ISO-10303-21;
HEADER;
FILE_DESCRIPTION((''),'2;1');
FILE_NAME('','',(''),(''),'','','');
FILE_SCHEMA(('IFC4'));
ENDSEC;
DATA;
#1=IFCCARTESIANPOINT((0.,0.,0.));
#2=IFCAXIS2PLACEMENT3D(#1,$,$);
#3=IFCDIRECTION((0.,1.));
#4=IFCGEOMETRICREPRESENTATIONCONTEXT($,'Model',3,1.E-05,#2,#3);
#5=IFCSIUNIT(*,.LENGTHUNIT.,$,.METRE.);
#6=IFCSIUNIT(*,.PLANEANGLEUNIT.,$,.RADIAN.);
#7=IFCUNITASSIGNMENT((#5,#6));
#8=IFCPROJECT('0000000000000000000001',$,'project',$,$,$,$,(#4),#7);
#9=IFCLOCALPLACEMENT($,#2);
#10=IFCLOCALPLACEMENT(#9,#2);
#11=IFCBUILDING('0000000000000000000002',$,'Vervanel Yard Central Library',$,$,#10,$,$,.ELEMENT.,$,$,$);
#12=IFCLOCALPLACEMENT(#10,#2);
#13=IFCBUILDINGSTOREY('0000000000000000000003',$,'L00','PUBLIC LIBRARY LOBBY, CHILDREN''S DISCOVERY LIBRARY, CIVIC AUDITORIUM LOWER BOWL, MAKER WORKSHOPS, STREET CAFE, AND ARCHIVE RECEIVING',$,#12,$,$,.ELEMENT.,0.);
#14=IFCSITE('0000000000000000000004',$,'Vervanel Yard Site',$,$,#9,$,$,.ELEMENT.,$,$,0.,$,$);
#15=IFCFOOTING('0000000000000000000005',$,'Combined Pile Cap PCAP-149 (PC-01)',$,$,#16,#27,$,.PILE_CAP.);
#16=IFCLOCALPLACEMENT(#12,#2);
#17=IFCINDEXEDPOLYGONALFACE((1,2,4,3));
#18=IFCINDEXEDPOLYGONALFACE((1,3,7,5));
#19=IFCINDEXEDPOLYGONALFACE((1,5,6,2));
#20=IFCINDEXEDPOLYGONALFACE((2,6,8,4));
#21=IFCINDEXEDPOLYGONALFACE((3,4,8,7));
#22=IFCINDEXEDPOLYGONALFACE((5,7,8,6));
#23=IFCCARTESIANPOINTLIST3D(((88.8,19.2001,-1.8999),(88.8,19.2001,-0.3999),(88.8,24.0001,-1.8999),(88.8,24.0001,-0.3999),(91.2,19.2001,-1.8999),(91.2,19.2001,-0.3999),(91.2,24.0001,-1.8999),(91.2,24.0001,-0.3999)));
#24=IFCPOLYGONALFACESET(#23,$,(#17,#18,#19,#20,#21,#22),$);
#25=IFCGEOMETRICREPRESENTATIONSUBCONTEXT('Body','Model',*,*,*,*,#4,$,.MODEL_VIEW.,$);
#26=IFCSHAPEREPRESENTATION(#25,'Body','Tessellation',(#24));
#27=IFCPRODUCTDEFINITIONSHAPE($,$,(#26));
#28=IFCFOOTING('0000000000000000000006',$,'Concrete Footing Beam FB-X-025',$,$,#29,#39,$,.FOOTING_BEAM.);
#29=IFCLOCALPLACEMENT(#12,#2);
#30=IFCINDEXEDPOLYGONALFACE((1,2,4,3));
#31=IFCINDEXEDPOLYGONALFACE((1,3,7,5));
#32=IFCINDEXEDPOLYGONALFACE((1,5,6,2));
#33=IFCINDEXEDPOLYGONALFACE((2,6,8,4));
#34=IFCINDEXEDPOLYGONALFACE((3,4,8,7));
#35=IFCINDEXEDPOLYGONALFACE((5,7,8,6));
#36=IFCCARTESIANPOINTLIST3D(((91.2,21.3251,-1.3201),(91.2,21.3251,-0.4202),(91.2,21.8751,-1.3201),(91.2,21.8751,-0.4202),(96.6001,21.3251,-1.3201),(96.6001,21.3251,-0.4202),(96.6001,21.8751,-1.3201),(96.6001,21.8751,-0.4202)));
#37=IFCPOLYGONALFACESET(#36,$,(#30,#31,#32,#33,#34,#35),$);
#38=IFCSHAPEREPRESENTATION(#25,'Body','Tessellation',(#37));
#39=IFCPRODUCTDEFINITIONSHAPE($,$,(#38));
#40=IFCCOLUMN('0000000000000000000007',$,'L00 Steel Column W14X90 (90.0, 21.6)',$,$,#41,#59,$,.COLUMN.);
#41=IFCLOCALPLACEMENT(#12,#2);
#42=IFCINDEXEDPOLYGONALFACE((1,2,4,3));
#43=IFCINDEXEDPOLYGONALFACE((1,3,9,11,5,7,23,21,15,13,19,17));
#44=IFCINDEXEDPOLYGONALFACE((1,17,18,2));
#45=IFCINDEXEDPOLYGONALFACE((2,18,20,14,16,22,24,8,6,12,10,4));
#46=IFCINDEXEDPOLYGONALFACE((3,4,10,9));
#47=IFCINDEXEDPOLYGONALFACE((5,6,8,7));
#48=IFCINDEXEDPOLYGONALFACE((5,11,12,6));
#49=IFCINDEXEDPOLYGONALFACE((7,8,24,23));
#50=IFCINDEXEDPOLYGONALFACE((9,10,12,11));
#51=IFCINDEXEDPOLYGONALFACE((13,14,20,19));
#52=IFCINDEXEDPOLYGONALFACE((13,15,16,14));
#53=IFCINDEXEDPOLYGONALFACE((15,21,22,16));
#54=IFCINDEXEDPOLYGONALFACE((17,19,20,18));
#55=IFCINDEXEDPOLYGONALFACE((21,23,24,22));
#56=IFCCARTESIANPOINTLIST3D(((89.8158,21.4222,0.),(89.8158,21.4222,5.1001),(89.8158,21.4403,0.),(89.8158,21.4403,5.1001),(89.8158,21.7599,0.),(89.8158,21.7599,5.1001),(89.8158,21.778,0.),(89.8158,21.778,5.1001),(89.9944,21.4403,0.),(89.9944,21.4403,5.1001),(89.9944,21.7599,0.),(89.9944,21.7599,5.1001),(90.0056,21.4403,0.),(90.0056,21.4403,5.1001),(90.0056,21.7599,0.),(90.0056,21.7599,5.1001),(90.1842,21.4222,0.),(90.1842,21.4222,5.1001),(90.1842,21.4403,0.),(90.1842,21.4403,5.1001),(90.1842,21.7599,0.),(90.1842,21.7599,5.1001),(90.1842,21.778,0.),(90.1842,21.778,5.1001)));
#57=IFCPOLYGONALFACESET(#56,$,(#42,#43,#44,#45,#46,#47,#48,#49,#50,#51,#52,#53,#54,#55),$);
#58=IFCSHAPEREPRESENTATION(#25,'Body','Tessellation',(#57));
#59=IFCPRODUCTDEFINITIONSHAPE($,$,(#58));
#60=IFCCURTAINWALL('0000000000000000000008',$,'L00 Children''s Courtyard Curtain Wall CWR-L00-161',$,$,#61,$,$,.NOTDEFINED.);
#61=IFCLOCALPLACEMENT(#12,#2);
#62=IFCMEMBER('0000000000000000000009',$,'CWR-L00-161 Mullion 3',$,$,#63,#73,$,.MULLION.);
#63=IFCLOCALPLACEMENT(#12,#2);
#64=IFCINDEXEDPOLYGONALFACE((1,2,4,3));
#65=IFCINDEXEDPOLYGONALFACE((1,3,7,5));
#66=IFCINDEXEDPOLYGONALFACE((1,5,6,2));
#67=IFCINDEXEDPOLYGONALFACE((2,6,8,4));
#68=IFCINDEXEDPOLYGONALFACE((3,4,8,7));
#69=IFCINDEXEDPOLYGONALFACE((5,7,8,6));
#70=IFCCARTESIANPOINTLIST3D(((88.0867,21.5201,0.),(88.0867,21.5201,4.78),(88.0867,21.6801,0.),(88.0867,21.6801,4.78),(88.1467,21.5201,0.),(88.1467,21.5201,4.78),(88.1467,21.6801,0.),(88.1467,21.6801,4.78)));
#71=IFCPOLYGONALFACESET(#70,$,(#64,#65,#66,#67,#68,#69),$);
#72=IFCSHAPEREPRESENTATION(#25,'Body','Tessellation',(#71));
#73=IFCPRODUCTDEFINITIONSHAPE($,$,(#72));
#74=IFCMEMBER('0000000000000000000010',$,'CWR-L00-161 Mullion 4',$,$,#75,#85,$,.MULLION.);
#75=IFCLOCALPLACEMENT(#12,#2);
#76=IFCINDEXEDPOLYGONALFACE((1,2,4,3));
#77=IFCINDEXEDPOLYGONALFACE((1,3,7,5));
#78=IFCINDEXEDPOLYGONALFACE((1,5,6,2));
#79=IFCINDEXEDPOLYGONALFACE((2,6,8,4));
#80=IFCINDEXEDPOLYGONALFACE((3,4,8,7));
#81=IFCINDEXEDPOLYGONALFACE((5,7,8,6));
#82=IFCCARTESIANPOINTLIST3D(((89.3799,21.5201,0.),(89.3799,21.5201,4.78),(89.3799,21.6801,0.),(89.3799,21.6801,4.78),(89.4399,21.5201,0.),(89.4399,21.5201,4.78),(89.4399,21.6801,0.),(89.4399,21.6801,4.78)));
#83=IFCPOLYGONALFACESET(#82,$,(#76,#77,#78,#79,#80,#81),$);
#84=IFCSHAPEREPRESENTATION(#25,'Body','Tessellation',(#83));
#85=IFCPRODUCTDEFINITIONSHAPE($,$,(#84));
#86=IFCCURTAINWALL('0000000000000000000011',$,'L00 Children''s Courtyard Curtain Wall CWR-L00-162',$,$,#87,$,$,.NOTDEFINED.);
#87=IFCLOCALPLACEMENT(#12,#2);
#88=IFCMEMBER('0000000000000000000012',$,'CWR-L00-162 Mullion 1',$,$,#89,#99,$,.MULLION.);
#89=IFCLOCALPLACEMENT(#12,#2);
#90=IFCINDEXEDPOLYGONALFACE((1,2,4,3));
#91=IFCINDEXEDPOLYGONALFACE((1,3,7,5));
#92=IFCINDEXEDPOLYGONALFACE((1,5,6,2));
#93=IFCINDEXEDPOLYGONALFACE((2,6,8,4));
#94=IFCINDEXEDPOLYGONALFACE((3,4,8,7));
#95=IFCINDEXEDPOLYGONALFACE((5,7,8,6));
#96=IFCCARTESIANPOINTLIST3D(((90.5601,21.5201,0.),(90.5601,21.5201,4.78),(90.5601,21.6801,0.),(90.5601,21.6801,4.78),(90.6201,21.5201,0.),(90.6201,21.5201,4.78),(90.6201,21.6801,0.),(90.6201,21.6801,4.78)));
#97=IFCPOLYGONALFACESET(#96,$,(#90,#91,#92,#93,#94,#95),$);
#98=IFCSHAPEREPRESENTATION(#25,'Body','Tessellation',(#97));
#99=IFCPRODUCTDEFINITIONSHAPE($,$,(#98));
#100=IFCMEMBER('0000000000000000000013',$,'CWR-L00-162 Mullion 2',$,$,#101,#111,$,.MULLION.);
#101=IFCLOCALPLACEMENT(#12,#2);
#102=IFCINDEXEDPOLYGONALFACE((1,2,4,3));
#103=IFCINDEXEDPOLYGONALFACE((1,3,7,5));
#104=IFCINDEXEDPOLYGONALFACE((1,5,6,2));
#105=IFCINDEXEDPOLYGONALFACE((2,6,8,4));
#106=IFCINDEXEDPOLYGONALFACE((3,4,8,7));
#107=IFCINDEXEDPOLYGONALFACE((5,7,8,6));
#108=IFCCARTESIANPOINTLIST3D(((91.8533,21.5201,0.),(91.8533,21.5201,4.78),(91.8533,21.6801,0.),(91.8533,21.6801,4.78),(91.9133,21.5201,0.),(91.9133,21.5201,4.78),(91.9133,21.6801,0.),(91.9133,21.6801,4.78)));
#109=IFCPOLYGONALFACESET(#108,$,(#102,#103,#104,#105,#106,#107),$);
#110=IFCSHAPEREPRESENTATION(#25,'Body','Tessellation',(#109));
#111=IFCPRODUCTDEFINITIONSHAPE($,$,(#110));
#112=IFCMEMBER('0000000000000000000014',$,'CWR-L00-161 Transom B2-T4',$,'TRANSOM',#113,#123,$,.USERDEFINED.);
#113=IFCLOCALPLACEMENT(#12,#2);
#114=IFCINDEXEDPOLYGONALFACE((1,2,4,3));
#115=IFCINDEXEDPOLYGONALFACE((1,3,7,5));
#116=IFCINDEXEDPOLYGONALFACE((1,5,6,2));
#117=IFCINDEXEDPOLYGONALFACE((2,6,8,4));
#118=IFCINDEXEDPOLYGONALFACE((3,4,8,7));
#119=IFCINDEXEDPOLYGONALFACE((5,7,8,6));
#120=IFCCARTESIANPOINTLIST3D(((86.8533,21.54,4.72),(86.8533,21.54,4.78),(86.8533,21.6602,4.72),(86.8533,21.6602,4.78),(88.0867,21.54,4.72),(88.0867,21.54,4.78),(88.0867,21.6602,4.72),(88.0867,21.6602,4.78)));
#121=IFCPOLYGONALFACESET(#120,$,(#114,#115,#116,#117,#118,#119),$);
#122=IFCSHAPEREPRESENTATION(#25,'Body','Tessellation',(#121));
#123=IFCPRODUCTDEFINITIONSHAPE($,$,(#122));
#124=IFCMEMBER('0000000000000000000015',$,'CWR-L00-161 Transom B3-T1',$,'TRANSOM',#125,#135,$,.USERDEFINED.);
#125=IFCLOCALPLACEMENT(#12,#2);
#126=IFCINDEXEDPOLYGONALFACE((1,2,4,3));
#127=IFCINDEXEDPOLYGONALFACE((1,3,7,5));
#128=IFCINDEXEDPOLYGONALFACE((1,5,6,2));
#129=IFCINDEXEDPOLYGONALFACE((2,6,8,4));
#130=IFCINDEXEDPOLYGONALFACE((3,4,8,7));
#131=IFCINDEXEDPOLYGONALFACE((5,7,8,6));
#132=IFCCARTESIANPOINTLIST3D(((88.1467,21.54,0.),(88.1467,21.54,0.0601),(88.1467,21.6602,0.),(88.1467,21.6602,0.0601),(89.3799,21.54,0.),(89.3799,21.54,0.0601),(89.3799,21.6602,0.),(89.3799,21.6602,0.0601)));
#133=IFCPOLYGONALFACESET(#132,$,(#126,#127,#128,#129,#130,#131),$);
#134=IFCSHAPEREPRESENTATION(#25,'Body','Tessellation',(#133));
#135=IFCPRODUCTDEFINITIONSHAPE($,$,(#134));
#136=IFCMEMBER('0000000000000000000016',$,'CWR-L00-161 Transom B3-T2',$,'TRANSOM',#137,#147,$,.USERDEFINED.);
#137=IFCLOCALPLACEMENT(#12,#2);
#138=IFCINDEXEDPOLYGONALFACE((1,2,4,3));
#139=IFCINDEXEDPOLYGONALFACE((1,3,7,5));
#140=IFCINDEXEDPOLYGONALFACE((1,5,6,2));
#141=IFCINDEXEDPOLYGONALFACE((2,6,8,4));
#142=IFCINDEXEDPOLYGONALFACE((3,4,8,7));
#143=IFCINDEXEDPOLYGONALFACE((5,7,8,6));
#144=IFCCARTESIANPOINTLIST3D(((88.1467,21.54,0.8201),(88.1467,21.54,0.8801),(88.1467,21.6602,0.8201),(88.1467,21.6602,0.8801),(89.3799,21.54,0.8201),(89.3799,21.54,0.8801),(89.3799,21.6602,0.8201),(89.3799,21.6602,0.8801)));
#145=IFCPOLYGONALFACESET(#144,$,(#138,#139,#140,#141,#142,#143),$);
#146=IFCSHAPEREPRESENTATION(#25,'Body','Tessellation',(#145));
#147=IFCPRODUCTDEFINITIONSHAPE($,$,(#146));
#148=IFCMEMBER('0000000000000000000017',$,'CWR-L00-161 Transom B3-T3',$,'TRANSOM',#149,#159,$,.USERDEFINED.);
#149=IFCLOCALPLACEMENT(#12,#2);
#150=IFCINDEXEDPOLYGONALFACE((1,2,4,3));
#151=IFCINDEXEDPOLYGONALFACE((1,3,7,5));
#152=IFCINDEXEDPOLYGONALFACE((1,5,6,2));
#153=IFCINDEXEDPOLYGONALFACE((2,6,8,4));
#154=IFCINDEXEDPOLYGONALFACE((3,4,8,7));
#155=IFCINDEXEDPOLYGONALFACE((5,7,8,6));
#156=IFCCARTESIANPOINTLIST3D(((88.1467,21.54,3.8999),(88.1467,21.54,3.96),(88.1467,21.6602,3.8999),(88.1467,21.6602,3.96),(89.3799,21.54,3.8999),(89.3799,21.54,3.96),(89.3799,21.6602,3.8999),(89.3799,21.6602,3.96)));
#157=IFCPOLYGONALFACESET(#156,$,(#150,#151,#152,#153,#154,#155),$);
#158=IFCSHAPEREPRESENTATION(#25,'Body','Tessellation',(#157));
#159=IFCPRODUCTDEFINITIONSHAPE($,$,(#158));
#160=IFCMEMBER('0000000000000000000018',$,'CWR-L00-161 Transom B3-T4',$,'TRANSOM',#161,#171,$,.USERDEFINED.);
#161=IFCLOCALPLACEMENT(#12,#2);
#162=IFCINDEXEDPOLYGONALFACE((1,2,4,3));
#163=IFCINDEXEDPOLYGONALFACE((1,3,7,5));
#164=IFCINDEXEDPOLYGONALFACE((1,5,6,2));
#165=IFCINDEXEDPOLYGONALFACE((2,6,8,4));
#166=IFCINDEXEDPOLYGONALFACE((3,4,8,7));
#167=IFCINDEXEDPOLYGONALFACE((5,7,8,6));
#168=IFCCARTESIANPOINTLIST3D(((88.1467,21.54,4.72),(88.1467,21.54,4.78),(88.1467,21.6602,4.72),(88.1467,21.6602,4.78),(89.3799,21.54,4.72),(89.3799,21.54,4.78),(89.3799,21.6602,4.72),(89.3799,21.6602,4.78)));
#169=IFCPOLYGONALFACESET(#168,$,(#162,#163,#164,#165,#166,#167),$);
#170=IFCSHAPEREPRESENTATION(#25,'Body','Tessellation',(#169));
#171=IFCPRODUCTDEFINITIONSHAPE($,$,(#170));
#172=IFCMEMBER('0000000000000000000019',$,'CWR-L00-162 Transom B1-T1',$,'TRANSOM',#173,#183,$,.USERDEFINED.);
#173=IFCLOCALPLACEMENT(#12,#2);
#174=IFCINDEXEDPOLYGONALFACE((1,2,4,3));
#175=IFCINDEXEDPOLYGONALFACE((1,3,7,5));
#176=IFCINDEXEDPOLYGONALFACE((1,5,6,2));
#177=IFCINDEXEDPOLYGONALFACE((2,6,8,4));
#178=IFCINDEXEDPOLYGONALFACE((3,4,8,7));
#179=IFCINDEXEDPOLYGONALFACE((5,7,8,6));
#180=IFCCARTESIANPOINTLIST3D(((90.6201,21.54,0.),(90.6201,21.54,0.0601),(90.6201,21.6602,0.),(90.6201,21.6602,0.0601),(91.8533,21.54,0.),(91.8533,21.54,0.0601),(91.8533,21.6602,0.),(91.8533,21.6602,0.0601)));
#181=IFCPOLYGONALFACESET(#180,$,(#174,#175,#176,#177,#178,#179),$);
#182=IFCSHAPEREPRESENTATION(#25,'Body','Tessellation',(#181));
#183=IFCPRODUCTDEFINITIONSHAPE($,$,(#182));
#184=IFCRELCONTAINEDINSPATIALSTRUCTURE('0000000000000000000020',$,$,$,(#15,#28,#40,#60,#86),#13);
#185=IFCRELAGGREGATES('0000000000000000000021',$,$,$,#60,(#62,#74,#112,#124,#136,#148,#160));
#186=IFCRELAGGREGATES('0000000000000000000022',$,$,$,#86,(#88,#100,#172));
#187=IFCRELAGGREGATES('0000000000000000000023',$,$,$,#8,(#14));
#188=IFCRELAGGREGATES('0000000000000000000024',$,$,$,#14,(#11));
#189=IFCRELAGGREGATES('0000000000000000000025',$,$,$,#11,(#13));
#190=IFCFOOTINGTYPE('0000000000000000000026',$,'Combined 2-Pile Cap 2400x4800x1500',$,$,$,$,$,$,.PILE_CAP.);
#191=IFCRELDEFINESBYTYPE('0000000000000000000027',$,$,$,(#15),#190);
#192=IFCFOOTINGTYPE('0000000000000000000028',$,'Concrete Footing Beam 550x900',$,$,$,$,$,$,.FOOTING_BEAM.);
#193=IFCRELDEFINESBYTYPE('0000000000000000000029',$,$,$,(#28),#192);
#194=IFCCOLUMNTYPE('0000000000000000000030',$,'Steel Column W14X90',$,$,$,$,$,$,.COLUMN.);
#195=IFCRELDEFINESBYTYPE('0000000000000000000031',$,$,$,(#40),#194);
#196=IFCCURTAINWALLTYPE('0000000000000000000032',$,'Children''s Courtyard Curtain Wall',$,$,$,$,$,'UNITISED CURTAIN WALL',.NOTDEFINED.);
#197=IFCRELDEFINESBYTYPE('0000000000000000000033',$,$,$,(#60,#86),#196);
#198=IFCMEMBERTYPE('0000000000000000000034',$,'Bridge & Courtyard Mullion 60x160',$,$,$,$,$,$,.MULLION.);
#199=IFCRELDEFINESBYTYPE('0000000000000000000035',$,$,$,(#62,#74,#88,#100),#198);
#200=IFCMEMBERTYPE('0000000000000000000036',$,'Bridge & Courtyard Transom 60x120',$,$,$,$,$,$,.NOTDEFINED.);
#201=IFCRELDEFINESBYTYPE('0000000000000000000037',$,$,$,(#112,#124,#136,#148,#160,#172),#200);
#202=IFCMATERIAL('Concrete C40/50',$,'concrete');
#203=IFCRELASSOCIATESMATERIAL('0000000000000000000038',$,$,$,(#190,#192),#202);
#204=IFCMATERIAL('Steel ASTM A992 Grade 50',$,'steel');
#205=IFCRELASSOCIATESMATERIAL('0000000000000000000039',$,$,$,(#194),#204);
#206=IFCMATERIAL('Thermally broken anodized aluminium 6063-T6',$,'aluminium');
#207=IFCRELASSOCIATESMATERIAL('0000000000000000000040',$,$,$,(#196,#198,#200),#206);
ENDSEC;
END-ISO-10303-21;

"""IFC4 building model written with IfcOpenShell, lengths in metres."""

from ifc_helpers import new_model, si_unit, direction, frame, origin, origin_2d, place, context, subcontext, project, spatial, rectangle, i_section, extrude, material, material_profile, profile_set, type_object, element, aggregate, save


model = new_model("IFC4")

# Units and contexts
model_context = context("Model", 3, precision=1e-05, world=origin(), true_north=direction((0.0, 1.0)))
body_context = subcontext(model_context, "Body", "Model", "MODEL_VIEW")
ifc_project = project(units=[si_unit("LENGTHUNIT", "METRE"), si_unit("PLANEANGLEUNIT", "RADIAN")], contexts=[model_context])

# Site, building, storey
site_placement = place(None, origin())
site = spatial("IfcSite", under=ifc_project, at=site_placement, Name="Vervanel Yard Site", CompositionType="ELEMENT", RefElevation=0.0)
building_placement = place(site_placement, origin())
building = spatial("IfcBuilding", under=site, at=building_placement, Name="Vervanel Yard Central Library", CompositionType="ELEMENT")
storey_placement = place(building_placement, origin())
storey = spatial("IfcBuildingStorey", under=building, at=storey_placement, Name="L00", Description="PUBLIC LIBRARY LOBBY, CHILDREN'S DISCOVERY LIBRARY, CIVIC AUDITORIUM LOWER BOWL, MAKER WORKSHOPS, STREET CAFE, AND ARCHIVE RECEIVING", CompositionType="ELEMENT", Elevation=0.0)

# Footings
ifc_material_1 = material(Name="Concrete C40/50", Category="concrete")
footing_type_1 = type_object("IfcFootingType", Name="Combined 2-Pile Cap 2400x4800x1500", PredefinedType="PILE_CAP", material=ifc_material_1)
footing_1_placement = place(storey_placement, frame((90.0, 21.6001, -1.8999), z_axis=(0.0, 0.0, 1.0), x_axis=(1.0, 0.0, 0.0)))
element("IfcFooting", 1, at=footing_1_placement, inside=storey, type_object=footing_type_1, Name="Combined Pile Cap PCAP-149 (PC-01)", PredefinedType="PILE_CAP", context=body_context, shape_type="SweptSolid", body=[
    extrude(rectangle(XDim=2.3999, YDim=4.8, at=origin_2d()), origin(), (0.0, 0.0, 1.0), 1.5),
])
ifc_material_profile_1 = material_profile(ifc_material_1, rectangle(XDim=0.55, YDim=0.8999, at=origin_2d()), Name="RC 550x900", Category="concrete")
ifc_profile_set_1 = profile_set([ifc_material_profile_1], Name="Concrete C40/50")
footing_type_2 = type_object("IfcFootingType", Name="Concrete Footing Beam 550x900", PredefinedType="FOOTING_BEAM", material=ifc_profile_set_1)
footing_2_placement = place(storey_placement, frame((91.2, 21.6001, -0.8701), z_axis=(1.0, 0.0, 0.0), x_axis=(0.0, 1.0, 0.0)))
element("IfcFooting", 2, at=footing_2_placement, inside=storey, type_object=footing_type_2, Name="Concrete Footing Beam FB-X-025", PredefinedType="FOOTING_BEAM", context=body_context, shape_type="SweptSolid", body=[
    extrude(rectangle(XDim=0.55, YDim=0.8999, at=origin_2d()), origin(), (0.0, 0.0, 1.0), 5.4001),
])

# Column
ifc_material_2 = material(Name="Steel ASTM A992 Grade 50", Category="steel")
ifc_material_profile_2 = material_profile(ifc_material_2, i_section(OverallWidth=0.3684, OverallDepth=0.3557, WebThickness=0.0112, FlangeThickness=0.0181, at=origin_2d()), Name="W14X90", Category="steel")
ifc_profile_set_2 = profile_set([ifc_material_profile_2], Name="Steel ASTM A992 Grade 50")
column_type = type_object("IfcColumnType", Name="Steel Column W14X90", PredefinedType="COLUMN", material=ifc_profile_set_2)
column_placement = place(storey_placement, frame((90.0, 21.6001, 0.0), z_axis=(0.0, 0.0, 1.0), x_axis=(1.0, 0.0, 0.0)))
element("IfcColumn", 3, at=column_placement, inside=storey, type_object=column_type, Name="L00 Steel Column W14X90 (90.0, 21.6)", PredefinedType="COLUMN", context=body_context, shape_type="SweptSolid", body=[
    extrude(i_section(OverallWidth=0.3684, OverallDepth=0.3557, WebThickness=0.0112, FlangeThickness=0.0181, at=origin_2d()), origin(), (0.0, 0.0, 1.0), 5.1001),
])

# Curtain walls, members
ifc_material_3 = material(Name="Thermally broken anodized aluminium 6063-T6", Category="aluminium")
curtain_wall_type = type_object("IfcCurtainWallType", Name="Children's Courtyard Curtain Wall", ElementType="UNITISED CURTAIN WALL", PredefinedType="NOTDEFINED", material=ifc_material_3)
curtain_wall_1_placement = place(storey_placement, origin())
curtain_wall_1 = element("IfcCurtainWall", 4, at=curtain_wall_1_placement, inside=storey, type_object=curtain_wall_type, Name="L00 Children's Courtyard Curtain Wall CWR-L00-161", PredefinedType="NOTDEFINED")
ifc_material_profile_3 = material_profile(ifc_material_3, rectangle(XDim=0.0601, YDim=0.1599, at=origin_2d()), Name="ALU 60x160", Category="aluminium")
ifc_profile_set_3 = profile_set([ifc_material_profile_3], Name="Thermally broken anodized aluminium 6063-T6")
member_type_1 = type_object("IfcMemberType", Name="Bridge & Courtyard Mullion 60x160", PredefinedType="MULLION", material=ifc_profile_set_3)
member_1_placement = place(storey_placement, frame((88.1167, 21.6001, 0.0), z_axis=(0.0, 0.0, 1.0), x_axis=(1.0, 0.0, 0.0)))
member_1 = element("IfcMember", 5, at=member_1_placement, type_object=member_type_1, Name="CWR-L00-161 Mullion 3", PredefinedType="MULLION", context=body_context, shape_type="SweptSolid", body=[
    extrude(rectangle(XDim=0.0601, YDim=0.1599, at=origin_2d()), origin(), (0.0, 0.0, 1.0), 4.78),
])
member_2_placement = place(storey_placement, frame((89.4099, 21.6001, 0.0), z_axis=(0.0, 0.0, 1.0), x_axis=(1.0, 0.0, 0.0)))
member_2 = element("IfcMember", 6, at=member_2_placement, type_object=member_type_1, Name="CWR-L00-161 Mullion 4", PredefinedType="MULLION", context=body_context, shape_type="SweptSolid", body=[
    extrude(rectangle(XDim=0.0601, YDim=0.1599, at=origin_2d()), origin(), (0.0, 0.0, 1.0), 4.78),
])
curtain_wall_2_placement = place(storey_placement, origin())
curtain_wall_2 = element("IfcCurtainWall", 7, at=curtain_wall_2_placement, inside=storey, type_object=curtain_wall_type, Name="L00 Children's Courtyard Curtain Wall CWR-L00-162", PredefinedType="NOTDEFINED")
member_3_placement = place(storey_placement, frame((90.5901, 21.6001, 0.0), z_axis=(0.0, 0.0, 1.0), x_axis=(1.0, 0.0, 0.0)))
member_3 = element("IfcMember", 8, at=member_3_placement, type_object=member_type_1, Name="CWR-L00-162 Mullion 1", PredefinedType="MULLION", context=body_context, shape_type="SweptSolid", body=[
    extrude(rectangle(XDim=0.0601, YDim=0.1599, at=origin_2d()), origin(), (0.0, 0.0, 1.0), 4.78),
])
member_4_placement = place(storey_placement, frame((91.8833, 21.6001, 0.0), z_axis=(0.0, 0.0, 1.0), x_axis=(1.0, 0.0, 0.0)))
member_4 = element("IfcMember", 9, at=member_4_placement, type_object=member_type_1, Name="CWR-L00-162 Mullion 2", PredefinedType="MULLION", context=body_context, shape_type="SweptSolid", body=[
    extrude(rectangle(XDim=0.0601, YDim=0.1599, at=origin_2d()), origin(), (0.0, 0.0, 1.0), 4.78),
])

# Members
ifc_material_profile_4 = material_profile(ifc_material_3, rectangle(XDim=0.0601, YDim=0.1201, at=origin_2d()), Name="ALU 60x120", Category="aluminium")
ifc_profile_set_4 = profile_set([ifc_material_profile_4], Name="Thermally broken anodized aluminium 6063-T6")
member_type_2 = type_object("IfcMemberType", Name="Bridge & Courtyard Transom 60x120", PredefinedType="NOTDEFINED", material=ifc_profile_set_4)
member_5_placement = place(storey_placement, frame((86.8533, 21.6001, 4.75), z_axis=(1.0, 0.0, 0.0), x_axis=(0.0, 0.0, 1.0)))
member_5 = element("IfcMember", 10, at=member_5_placement, type_object=member_type_2, Name="CWR-L00-161 Transom B2-T4", ObjectType="TRANSOM", PredefinedType="USERDEFINED", context=body_context, shape_type="SweptSolid", body=[
    extrude(rectangle(XDim=0.0601, YDim=0.1201, at=origin_2d()), origin(), (0.0, 0.0, 1.0), 1.2334),
])
member_6_placement = place(storey_placement, frame((88.1467, 21.6001, 0.03), z_axis=(1.0, 0.0, 0.0), x_axis=(0.0, 0.0, 1.0)))
member_6 = element("IfcMember", 11, at=member_6_placement, type_object=member_type_2, Name="CWR-L00-161 Transom B3-T1", ObjectType="TRANSOM", PredefinedType="USERDEFINED", context=body_context, shape_type="SweptSolid", body=[
    extrude(rectangle(XDim=0.0601, YDim=0.1201, at=origin_2d()), origin(), (0.0, 0.0, 1.0), 1.2332),
])
member_7_placement = place(storey_placement, frame((88.1467, 21.6001, 0.8501), z_axis=(1.0, 0.0, 0.0), x_axis=(0.0, 0.0, 1.0)))
member_7 = element("IfcMember", 12, at=member_7_placement, type_object=member_type_2, Name="CWR-L00-161 Transom B3-T2", ObjectType="TRANSOM", PredefinedType="USERDEFINED", context=body_context, shape_type="SweptSolid", body=[
    extrude(rectangle(XDim=0.0601, YDim=0.1201, at=origin_2d()), origin(), (0.0, 0.0, 1.0), 1.2332),
])
member_8_placement = place(storey_placement, frame((88.1467, 21.6001, 3.9299), z_axis=(1.0, 0.0, 0.0), x_axis=(0.0, 0.0, 1.0)))
member_8 = element("IfcMember", 13, at=member_8_placement, type_object=member_type_2, Name="CWR-L00-161 Transom B3-T3", ObjectType="TRANSOM", PredefinedType="USERDEFINED", context=body_context, shape_type="SweptSolid", body=[
    extrude(rectangle(XDim=0.0601, YDim=0.1201, at=origin_2d()), origin(), (0.0, 0.0, 1.0), 1.2332),
])
member_9_placement = place(storey_placement, frame((88.1467, 21.6001, 4.75), z_axis=(1.0, 0.0, 0.0), x_axis=(0.0, 0.0, 1.0)))
member_9 = element("IfcMember", 14, at=member_9_placement, type_object=member_type_2, Name="CWR-L00-161 Transom B3-T4", ObjectType="TRANSOM", PredefinedType="USERDEFINED", context=body_context, shape_type="SweptSolid", body=[
    extrude(rectangle(XDim=0.0601, YDim=0.1201, at=origin_2d()), origin(), (0.0, 0.0, 1.0), 1.2332),
])
member_10_placement = place(storey_placement, frame((90.6201, 21.6001, 0.03), z_axis=(1.0, 0.0, 0.0), x_axis=(0.0, 0.0, 1.0)))
member_10 = element("IfcMember", 15, at=member_10_placement, type_object=member_type_2, Name="CWR-L00-162 Transom B1-T1", ObjectType="TRANSOM", PredefinedType="USERDEFINED", context=body_context, shape_type="SweptSolid", body=[
    extrude(rectangle(XDim=0.0601, YDim=0.1201, at=origin_2d()), origin(), (0.0, 0.0, 1.0), 1.2332),
])

aggregate(curtain_wall_1, [member_1, member_2, member_5, member_6, member_7, member_8, member_9])
aggregate(curtain_wall_2, [member_3, member_4, member_10])

save(model, "model.ifc")
